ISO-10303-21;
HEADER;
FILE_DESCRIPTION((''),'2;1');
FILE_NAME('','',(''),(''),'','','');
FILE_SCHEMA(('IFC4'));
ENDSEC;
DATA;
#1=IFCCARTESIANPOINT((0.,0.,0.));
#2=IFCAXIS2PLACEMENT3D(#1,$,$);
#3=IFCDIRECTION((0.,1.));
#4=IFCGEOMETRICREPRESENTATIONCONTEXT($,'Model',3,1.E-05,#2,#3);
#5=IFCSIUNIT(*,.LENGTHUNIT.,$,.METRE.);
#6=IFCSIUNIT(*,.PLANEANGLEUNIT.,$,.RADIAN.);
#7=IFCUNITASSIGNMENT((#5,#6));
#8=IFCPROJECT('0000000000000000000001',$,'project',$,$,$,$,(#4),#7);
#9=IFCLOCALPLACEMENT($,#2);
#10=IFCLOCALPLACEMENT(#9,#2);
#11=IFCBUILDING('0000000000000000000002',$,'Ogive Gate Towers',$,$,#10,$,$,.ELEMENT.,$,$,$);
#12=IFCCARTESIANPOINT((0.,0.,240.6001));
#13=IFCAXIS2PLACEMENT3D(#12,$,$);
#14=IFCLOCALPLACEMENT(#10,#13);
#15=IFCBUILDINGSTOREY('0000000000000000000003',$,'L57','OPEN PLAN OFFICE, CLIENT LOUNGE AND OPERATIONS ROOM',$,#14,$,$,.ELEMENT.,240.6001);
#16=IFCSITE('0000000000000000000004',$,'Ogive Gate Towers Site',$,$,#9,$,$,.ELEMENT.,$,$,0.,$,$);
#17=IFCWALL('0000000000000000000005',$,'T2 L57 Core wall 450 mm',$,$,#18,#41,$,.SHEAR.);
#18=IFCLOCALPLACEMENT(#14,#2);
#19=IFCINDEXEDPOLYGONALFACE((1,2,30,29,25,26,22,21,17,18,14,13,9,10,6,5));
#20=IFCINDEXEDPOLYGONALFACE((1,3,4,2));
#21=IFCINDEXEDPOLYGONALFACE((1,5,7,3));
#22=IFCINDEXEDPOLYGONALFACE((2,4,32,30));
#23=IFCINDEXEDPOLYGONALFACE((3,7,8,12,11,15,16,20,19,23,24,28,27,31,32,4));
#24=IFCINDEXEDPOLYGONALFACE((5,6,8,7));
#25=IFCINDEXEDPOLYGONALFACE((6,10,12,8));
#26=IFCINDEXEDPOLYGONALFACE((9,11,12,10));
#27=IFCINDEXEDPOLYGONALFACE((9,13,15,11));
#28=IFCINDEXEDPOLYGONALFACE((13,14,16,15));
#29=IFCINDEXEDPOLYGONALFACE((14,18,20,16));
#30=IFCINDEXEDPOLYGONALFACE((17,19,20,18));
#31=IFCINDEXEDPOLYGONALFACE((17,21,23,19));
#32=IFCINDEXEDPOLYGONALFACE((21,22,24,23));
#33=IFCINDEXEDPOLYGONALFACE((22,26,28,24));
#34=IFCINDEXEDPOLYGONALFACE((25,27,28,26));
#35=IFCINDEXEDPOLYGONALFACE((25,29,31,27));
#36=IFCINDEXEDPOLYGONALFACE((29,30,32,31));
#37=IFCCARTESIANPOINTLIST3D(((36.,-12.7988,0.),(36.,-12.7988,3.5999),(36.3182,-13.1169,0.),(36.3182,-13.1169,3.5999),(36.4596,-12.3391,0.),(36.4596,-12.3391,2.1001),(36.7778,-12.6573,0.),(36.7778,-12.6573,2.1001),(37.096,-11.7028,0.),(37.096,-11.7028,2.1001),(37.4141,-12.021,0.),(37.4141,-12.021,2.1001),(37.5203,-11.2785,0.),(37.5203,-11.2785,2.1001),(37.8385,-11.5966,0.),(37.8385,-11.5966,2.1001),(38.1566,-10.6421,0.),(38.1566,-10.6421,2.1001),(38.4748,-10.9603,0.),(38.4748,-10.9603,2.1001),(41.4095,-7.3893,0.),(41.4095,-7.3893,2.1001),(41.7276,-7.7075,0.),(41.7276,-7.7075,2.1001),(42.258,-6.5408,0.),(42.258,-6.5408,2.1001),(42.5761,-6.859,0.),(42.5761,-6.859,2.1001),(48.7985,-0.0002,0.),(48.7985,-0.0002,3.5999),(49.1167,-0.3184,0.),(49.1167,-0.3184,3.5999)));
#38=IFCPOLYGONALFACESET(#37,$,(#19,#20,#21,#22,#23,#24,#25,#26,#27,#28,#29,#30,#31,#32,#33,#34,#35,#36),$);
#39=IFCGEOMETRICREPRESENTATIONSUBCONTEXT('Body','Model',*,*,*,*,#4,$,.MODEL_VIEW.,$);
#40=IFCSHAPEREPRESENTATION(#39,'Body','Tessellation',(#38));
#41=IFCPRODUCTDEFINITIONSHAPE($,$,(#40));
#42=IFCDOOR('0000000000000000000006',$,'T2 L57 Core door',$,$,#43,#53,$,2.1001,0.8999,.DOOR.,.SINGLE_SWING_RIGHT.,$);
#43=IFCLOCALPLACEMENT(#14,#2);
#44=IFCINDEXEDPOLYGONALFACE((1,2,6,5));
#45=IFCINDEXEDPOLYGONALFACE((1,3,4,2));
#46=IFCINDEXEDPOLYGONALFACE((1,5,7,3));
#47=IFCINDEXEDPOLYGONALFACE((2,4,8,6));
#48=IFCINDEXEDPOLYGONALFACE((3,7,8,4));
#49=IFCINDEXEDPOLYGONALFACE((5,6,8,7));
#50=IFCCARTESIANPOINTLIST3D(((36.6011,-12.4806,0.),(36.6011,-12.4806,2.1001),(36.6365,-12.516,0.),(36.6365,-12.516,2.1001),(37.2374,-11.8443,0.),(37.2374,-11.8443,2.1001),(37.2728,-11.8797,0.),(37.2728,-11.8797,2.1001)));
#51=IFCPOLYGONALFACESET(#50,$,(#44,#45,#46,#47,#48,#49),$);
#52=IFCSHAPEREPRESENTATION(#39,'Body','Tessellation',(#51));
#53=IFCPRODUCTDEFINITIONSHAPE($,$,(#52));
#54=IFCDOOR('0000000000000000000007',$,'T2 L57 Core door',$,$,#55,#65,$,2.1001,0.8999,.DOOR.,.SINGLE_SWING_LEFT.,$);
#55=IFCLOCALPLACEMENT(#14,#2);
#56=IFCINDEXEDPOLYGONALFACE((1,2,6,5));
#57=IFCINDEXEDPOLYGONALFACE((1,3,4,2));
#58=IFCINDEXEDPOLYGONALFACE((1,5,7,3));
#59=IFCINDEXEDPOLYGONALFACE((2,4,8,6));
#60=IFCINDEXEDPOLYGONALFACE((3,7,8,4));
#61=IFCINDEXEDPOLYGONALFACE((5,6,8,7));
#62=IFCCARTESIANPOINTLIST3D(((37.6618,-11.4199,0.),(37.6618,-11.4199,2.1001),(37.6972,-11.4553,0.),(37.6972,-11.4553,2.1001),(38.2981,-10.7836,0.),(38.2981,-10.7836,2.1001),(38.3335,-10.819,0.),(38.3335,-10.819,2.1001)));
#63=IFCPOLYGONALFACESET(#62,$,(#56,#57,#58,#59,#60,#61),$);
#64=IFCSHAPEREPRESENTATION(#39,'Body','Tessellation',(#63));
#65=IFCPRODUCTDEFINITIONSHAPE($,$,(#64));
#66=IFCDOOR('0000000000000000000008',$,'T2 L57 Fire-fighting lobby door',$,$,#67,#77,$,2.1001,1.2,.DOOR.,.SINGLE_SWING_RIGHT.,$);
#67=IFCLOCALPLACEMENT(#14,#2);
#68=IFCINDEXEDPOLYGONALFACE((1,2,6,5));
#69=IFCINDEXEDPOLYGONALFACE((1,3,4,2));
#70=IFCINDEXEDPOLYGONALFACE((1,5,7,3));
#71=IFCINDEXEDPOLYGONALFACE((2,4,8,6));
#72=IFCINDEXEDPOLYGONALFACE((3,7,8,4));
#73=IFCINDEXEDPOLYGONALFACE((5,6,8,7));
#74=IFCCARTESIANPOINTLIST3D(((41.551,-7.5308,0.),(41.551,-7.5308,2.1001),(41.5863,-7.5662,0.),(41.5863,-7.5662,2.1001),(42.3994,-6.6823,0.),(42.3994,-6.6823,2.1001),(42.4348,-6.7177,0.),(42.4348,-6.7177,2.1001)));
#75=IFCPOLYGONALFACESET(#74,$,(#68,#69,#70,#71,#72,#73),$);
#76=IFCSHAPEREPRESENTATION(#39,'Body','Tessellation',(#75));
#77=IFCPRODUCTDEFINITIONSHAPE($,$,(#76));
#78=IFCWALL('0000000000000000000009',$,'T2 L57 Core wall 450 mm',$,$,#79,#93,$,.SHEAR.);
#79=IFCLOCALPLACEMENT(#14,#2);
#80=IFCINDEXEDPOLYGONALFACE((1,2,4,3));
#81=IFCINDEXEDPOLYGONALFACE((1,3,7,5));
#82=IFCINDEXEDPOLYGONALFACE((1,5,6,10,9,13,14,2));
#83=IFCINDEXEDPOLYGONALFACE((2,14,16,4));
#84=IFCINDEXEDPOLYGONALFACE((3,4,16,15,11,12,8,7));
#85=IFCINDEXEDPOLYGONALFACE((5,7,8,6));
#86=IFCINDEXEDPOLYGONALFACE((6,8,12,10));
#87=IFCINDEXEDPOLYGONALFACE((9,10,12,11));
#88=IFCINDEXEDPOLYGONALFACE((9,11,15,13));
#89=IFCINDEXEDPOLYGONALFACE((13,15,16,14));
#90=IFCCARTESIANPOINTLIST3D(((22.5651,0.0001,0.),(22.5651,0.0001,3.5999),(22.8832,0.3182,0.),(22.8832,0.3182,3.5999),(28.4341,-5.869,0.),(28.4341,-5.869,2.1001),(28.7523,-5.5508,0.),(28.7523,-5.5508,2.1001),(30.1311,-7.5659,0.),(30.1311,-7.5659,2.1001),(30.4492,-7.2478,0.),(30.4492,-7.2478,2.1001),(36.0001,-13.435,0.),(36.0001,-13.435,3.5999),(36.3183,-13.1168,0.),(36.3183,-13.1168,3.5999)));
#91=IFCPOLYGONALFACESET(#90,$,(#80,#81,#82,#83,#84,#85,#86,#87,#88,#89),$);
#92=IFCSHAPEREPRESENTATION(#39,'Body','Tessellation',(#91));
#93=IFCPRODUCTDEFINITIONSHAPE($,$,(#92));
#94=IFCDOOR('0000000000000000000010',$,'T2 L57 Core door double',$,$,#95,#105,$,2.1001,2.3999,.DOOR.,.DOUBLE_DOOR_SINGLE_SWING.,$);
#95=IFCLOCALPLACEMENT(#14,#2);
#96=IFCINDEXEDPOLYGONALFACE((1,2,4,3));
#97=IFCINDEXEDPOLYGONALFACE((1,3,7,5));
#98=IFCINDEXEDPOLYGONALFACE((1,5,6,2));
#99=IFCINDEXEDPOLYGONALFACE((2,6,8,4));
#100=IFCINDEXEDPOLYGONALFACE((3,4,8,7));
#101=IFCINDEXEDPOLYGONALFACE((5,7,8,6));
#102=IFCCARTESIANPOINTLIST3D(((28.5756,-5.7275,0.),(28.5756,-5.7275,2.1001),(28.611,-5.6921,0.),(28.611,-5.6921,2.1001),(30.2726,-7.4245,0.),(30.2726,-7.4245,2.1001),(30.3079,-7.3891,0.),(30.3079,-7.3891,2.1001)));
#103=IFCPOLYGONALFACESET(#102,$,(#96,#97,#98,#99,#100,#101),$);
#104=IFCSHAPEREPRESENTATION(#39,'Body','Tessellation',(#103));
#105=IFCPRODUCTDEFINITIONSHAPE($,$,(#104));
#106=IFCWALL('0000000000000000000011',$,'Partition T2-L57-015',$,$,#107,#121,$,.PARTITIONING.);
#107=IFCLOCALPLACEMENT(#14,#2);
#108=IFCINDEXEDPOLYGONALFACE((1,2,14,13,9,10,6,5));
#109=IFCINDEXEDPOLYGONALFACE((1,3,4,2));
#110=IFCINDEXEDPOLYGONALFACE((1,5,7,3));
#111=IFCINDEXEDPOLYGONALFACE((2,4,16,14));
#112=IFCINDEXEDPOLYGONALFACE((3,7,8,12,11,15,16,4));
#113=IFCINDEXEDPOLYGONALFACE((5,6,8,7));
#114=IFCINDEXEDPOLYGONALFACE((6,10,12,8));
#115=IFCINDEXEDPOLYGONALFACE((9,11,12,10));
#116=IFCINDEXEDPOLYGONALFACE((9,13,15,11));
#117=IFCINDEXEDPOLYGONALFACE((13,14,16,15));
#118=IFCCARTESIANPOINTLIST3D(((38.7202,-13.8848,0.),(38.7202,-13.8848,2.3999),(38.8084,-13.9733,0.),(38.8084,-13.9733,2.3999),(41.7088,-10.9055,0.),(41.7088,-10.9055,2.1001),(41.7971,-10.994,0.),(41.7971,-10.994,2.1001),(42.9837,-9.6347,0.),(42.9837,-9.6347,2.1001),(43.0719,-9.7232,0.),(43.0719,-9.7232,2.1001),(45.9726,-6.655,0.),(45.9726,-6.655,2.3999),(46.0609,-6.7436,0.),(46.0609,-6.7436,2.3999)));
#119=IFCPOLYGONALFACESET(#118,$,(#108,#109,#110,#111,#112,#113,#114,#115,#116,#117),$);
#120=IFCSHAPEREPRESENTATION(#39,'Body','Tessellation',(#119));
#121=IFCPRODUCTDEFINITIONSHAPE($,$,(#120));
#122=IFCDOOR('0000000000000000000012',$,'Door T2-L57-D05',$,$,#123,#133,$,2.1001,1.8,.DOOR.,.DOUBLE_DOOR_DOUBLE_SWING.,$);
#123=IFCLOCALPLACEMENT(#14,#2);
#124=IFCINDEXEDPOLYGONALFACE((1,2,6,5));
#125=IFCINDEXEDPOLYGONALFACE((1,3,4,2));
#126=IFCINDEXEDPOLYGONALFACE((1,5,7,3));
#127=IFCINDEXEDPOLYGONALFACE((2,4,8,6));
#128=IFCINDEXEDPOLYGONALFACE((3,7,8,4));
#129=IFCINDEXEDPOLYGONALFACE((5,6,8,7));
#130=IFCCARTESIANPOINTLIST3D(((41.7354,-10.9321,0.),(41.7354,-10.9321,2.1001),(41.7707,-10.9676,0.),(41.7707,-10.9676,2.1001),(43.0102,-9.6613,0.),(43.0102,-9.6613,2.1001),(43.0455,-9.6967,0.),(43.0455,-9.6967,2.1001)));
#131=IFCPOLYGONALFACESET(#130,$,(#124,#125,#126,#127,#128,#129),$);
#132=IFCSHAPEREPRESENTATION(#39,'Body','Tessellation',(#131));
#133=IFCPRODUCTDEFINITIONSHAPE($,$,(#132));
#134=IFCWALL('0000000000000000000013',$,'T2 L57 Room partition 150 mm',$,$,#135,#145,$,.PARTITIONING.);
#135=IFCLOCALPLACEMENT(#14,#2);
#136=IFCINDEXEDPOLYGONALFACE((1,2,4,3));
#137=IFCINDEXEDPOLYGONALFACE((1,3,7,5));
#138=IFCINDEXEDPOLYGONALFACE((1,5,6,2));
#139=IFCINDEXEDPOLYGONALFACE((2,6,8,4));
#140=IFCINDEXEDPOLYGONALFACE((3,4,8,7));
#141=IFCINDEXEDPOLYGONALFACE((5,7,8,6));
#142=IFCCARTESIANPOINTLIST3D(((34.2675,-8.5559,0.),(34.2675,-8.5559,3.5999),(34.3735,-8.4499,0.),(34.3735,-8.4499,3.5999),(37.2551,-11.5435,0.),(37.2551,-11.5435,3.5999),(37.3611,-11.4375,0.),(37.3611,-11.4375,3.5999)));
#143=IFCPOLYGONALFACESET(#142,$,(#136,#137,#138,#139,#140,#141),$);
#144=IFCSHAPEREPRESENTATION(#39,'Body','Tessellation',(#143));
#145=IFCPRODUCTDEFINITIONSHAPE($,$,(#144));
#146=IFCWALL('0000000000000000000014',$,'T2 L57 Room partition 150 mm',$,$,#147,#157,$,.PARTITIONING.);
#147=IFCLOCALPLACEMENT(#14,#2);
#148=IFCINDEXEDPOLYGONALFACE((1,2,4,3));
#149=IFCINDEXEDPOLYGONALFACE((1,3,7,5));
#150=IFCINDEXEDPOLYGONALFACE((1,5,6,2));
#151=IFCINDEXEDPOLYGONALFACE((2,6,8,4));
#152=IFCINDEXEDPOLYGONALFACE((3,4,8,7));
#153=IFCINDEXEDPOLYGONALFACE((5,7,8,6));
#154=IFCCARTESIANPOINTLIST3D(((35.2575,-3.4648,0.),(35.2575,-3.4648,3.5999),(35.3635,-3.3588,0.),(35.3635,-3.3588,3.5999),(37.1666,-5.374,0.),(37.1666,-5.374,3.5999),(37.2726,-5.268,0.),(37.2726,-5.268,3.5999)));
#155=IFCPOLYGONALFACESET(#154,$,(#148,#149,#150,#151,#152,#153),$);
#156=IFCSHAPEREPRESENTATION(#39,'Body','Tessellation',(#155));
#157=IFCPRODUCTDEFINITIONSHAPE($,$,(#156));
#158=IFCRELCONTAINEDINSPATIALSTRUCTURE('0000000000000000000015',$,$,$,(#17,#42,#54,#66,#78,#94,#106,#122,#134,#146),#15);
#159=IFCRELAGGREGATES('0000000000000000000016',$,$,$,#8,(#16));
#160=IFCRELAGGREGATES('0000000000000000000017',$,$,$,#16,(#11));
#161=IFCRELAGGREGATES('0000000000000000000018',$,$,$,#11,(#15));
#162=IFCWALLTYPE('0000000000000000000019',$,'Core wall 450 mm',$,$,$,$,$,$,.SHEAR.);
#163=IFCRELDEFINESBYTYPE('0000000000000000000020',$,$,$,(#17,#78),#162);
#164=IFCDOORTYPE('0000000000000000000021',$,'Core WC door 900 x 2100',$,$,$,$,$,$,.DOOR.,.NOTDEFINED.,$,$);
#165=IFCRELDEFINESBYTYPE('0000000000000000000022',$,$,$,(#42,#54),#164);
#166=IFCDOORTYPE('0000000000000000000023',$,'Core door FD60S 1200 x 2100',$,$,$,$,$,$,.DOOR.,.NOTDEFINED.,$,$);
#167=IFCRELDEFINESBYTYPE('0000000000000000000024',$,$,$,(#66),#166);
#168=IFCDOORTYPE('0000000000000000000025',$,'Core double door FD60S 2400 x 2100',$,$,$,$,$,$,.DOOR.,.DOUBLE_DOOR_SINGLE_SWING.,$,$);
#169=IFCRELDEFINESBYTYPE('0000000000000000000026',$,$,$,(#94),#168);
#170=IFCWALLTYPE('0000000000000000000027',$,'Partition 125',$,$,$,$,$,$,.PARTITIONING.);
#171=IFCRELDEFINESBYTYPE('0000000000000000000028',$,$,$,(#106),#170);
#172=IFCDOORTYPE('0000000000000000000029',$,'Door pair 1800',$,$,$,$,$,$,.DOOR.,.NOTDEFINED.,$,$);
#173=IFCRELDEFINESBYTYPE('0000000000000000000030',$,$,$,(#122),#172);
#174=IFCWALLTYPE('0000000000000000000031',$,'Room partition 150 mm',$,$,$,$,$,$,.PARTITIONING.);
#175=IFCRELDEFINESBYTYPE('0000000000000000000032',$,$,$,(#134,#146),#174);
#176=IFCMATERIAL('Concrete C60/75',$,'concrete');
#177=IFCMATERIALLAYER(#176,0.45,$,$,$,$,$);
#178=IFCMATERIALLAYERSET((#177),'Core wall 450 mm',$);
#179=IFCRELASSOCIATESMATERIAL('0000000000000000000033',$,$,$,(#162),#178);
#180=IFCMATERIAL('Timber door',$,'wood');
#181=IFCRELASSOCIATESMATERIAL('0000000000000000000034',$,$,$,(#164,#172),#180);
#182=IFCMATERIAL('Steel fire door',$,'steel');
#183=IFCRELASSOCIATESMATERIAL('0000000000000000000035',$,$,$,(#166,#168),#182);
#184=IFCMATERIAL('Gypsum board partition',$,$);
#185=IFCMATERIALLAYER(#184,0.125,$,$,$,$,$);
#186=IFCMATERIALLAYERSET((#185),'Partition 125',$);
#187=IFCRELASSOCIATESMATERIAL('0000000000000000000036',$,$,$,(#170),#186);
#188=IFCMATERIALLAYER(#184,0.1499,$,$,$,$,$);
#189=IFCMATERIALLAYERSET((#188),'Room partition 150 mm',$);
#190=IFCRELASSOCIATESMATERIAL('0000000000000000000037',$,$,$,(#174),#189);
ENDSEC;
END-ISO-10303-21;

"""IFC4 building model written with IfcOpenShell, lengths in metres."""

from ifc_helpers import new_model, si_unit, direction, frame, frame_2d, origin, place, context, subcontext, project, spatial, rectangle, extrude, material, layer, layer_set, type_object, element, fill, save


model = new_model("IFC4")

# Units and contexts
model_context = context("Model", 3, precision=1e-05, world=origin(), true_north=direction((0.0, 1.0)))
body_context = subcontext(model_context, "Body", "Model", "MODEL_VIEW")
ifc_project = project(units=[si_unit("LENGTHUNIT", "METRE"), si_unit("PLANEANGLEUNIT", "RADIAN")], contexts=[model_context])

# Site, building, storey
site_placement = place(None, origin())
site = spatial("IfcSite", under=ifc_project, at=site_placement, Name="Ogive Gate Towers Site", CompositionType="ELEMENT", RefElevation=0.0)
building_placement = place(site_placement, origin())
building = spatial("IfcBuilding", under=site, at=building_placement, Name="Ogive Gate Towers", CompositionType="ELEMENT")
storey_placement = place(building_placement, frame((0.0, 0.0, 240.6001)))
storey = spatial("IfcBuildingStorey", under=building, at=storey_placement, Name="L57", Description="OPEN PLAN OFFICE, CLIENT LOUNGE AND OPERATIONS ROOM", CompositionType="ELEMENT", Elevation=240.6001)

# Wall, openings, doors
ifc_material_1 = material(Name="Concrete C60/75", Category="concrete")
ifc_layer_1 = layer(ifc_material_1, 0.45)
ifc_layer_set_1 = layer_set([ifc_layer_1], Name="Core wall 450 mm")
wall_type_1 = type_object("IfcWallType", Name="Core wall 450 mm", PredefinedType="SHEAR", material=ifc_layer_set_1)
wall_1_placement = place(storey_placement, frame((36.1592, -12.9578, 0.0), z_axis=(0.0, 0.0, 1.0), x_axis=(0.707107, 0.707107, 0.0)))
wall_1 = element("IfcWall", 1, at=wall_1_placement, inside=storey, type_object=wall_type_1, Name="T2 L57 Core wall 450 mm", PredefinedType="SHEAR", context=body_context, shape_type="SweptSolid", body=[
    extrude(rectangle(XDim=18.0999, YDim=0.45, at=frame_2d((9.0498, 0.0))), origin(), (0.0, 0.0, 1.0), 3.5999),
])
opening_1_placement = place(wall_1_placement, frame((7.6499, 0.0, 0.0)))
opening_1 = element("IfcOpeningElement", 2, at=opening_1_placement, cuts=wall_1, PredefinedType="OPENING", context=body_context, shape_type="SweptSolid", body=[
    extrude(rectangle(XDim=1.2, YDim=2.1001, at=frame_2d((0.6001, 1.05))), frame((0.0, 0.2349, 0.0), z_axis=(0.0, -1.0, 0.0), x_axis=(1.0, 0.0, 0.0)), (0.0, 0.0, 1.0), 0.47),
])
opening_2_placement = place(wall_1_placement, frame((0.6499, 0.0, 0.0)))
opening_2 = element("IfcOpeningElement", 3, at=opening_2_placement, cuts=wall_1, PredefinedType="OPENING", context=body_context, shape_type="SweptSolid", body=[
    extrude(rectangle(XDim=0.8999, YDim=2.1001, at=frame_2d((0.45, 1.05))), frame((0.0, 0.2349, 0.0), z_axis=(0.0, -1.0, 0.0), x_axis=(1.0, 0.0, 0.0)), (0.0, 0.0, 1.0), 0.47),
])
opening_3_placement = place(wall_1_placement, frame((2.1499, 0.0, 0.0)))
opening_3 = element("IfcOpeningElement", 4, at=opening_3_placement, cuts=wall_1, PredefinedType="OPENING", context=body_context, shape_type="SweptSolid", body=[
    extrude(rectangle(XDim=0.8999, YDim=2.1001, at=frame_2d((0.45, 1.05))), frame((0.0, 0.2349, 0.0), z_axis=(0.0, -1.0, 0.0), x_axis=(1.0, 0.0, 0.0)), (0.0, 0.0, 1.0), 0.47),
])
ifc_material_2 = material(Name="Timber door", Category="wood")
door_type_1 = type_object("IfcDoorType", Name="Core WC door 900 x 2100", OperationType="NOTDEFINED", PredefinedType="DOOR", material=ifc_material_2)
door_1_placement = place(opening_2_placement, origin())
door_1 = element("IfcDoor", 5, at=door_1_placement, inside=storey, type_object=door_type_1, Name="T2 L57 Core door", OperationType="SINGLE_SWING_RIGHT", OverallHeight=2.1001, OverallWidth=0.8999, PredefinedType="DOOR", context=body_context, shape_type="SweptSolid", body=[
    extrude(rectangle(XDim=0.8999, YDim=2.1001, at=frame_2d((0.45, 1.05))), frame((0.0, 0.0249, 0.0), z_axis=(0.0, -1.0, 0.0), x_axis=(1.0, 0.0, 0.0)), (0.0, 0.0, 1.0), 0.05),
])
fill(opening_2, door_1)
door_2_placement = place(opening_3_placement, origin())
door_2 = element("IfcDoor", 6, at=door_2_placement, inside=storey, type_object=door_type_1, Name="T2 L57 Core door", OperationType="SINGLE_SWING_LEFT", OverallHeight=2.1001, OverallWidth=0.8999, PredefinedType="DOOR", context=body_context, shape_type="SweptSolid", body=[
    extrude(rectangle(XDim=0.8999, YDim=2.1001, at=frame_2d((0.45, 1.05))), frame((0.0, 0.0249, 0.0), z_axis=(0.0, -1.0, 0.0), x_axis=(1.0, 0.0, 0.0)), (0.0, 0.0, 1.0), 0.05),
])
fill(opening_3, door_2)
ifc_material_3 = material(Name="Steel fire door", Category="steel")
door_type_2 = type_object("IfcDoorType", Name="Core door FD60S 1200 x 2100", OperationType="NOTDEFINED", PredefinedType="DOOR", material=ifc_material_3)
door_3_placement = place(opening_1_placement, origin())
door_3 = element("IfcDoor", 7, at=door_3_placement, inside=storey, type_object=door_type_2, Name="T2 L57 Fire-fighting lobby door", OperationType="SINGLE_SWING_RIGHT", OverallHeight=2.1001, OverallWidth=1.2, PredefinedType="DOOR", context=body_context, shape_type="SweptSolid", body=[
    extrude(rectangle(XDim=1.2, YDim=2.1001, at=frame_2d((0.6001, 1.05))), frame((0.0, 0.0249, 0.0), z_axis=(0.0, -1.0, 0.0), x_axis=(1.0, 0.0, 0.0)), (0.0, 0.0, 1.0), 0.05),
])
fill(opening_1, door_3)

# Walls, openings, doors
wall_2_placement = place(storey_placement, frame((36.1592, -13.2759, 0.0), z_axis=(0.0, 0.0, 1.0), x_axis=(-0.707107, 0.707107, 0.0)))
wall_2 = element("IfcWall", 8, at=wall_2_placement, inside=storey, type_object=wall_type_1, Name="T2 L57 Core wall 450 mm", PredefinedType="SHEAR", context=body_context, shape_type="SweptSolid", body=[
    extrude(rectangle(XDim=19.0, YDim=0.45, at=frame_2d((9.5, 0.0))), origin(), (0.0, 0.0, 1.0), 3.5999),
])
opening_4_placement = place(wall_2_placement, frame((8.3, 0.0, 0.0)))
opening_4 = element("IfcOpeningElement", 9, at=opening_4_placement, cuts=wall_2, PredefinedType="OPENING", context=body_context, shape_type="SweptSolid", body=[
    extrude(rectangle(XDim=2.3999, YDim=2.1001, at=frame_2d((1.2, 1.05))), frame((0.0, 0.2349, 0.0), z_axis=(0.0, -1.0, 0.0), x_axis=(1.0, 0.0, 0.0)), (0.0, 0.0, 1.0), 0.47),
])
door_type_3 = type_object("IfcDoorType", Name="Core double door FD60S 2400 x 2100", OperationType="DOUBLE_DOOR_SINGLE_SWING", PredefinedType="DOOR", material=ifc_material_3)
door_4_placement = place(opening_4_placement, origin())
door_4 = element("IfcDoor", 10, at=door_4_placement, inside=storey, type_object=door_type_3, Name="T2 L57 Core door double", OperationType="DOUBLE_DOOR_SINGLE_SWING", OverallHeight=2.1001, OverallWidth=2.3999, PredefinedType="DOOR", context=body_context, shape_type="SweptSolid", body=[
    extrude(rectangle(XDim=2.3999, YDim=2.1001, at=frame_2d((1.2, 1.05))), frame((0.0, 0.0249, 0.0), z_axis=(0.0, -1.0, 0.0), x_axis=(1.0, 0.0, 0.0)), (0.0, 0.0, 1.0), 0.05),
])
fill(opening_4, door_4)
ifc_material_4 = material(Name="Gypsum board partition")
ifc_layer_2 = layer(ifc_material_4, 0.125)
ifc_layer_set_2 = layer_set([ifc_layer_2], Name="Partition 125")
wall_type_2 = type_object("IfcWallType", Name="Partition 125", PredefinedType="PARTITIONING", material=ifc_layer_set_2)
wall_3_placement = place(storey_placement, frame((38.7644, -13.929, 0.0), z_axis=(0.0, 0.0, 1.0), x_axis=(0.708215, 0.705997, 0.0)))
wall_3 = element("IfcWall", 11, at=wall_3_placement, inside=storey, type_object=wall_type_2, Name="Partition T2-L57-015", PredefinedType="PARTITIONING", context=body_context, shape_type="SweptSolid", body=[
    extrude(rectangle(XDim=10.2405, YDim=0.125, at=frame_2d((5.1201, 0.0))), origin(), (0.0, 0.0, 1.0), 2.3999),
])
opening_5_placement = place(wall_3_placement, frame((4.22, 0.0, 0.0)))
opening_5 = element("IfcOpeningElement", 12, at=opening_5_placement, cuts=wall_3, PredefinedType="OPENING", context=body_context, shape_type="SweptSolid", body=[
    extrude(rectangle(XDim=1.8, YDim=2.1001, at=frame_2d((0.8999, 1.05))), frame((0.0, 0.0725, 0.0), z_axis=(0.0, -1.0, 0.0), x_axis=(1.0, 0.0, 0.0)), (0.0, 0.0, 1.0), 0.145),
])
door_type_4 = type_object("IfcDoorType", Name="Door pair 1800", OperationType="NOTDEFINED", PredefinedType="DOOR", material=ifc_material_2)
door_5_placement = place(opening_5_placement, origin())
door_5 = element("IfcDoor", 13, at=door_5_placement, inside=storey, type_object=door_type_4, Name="Door T2-L57-D05", OperationType="DOUBLE_DOOR_DOUBLE_SWING", OverallHeight=2.1001, OverallWidth=1.8, PredefinedType="DOOR", context=body_context, shape_type="SweptSolid", body=[
    extrude(rectangle(XDim=1.8, YDim=2.1001, at=frame_2d((0.8999, 1.05))), frame((0.0, 0.0249, 0.0), z_axis=(0.0, -1.0, 0.0), x_axis=(1.0, 0.0, 0.0)), (0.0, 0.0, 1.0), 0.05),
])
fill(opening_5, door_5)

# Walls
ifc_layer_3 = layer(ifc_material_4, 0.1499)
ifc_layer_set_3 = layer_set([ifc_layer_3], Name="Room partition 150 mm")
wall_type_3 = type_object("IfcWallType", Name="Room partition 150 mm", PredefinedType="PARTITIONING", material=ifc_layer_set_3)
wall_4_placement = place(storey_placement, frame((37.3081, -11.4905, 0.0), z_axis=(0.0, 0.0, 1.0), x_axis=(-0.707107, 0.707107, 0.0)))
element("IfcWall", 14, at=wall_4_placement, inside=storey, type_object=wall_type_3, Name="T2 L57 Room partition 150 mm", PredefinedType="PARTITIONING", context=body_context, shape_type="SweptSolid", body=[
    extrude(rectangle(XDim=4.2251, YDim=0.1499, at=frame_2d((2.1125, 0.0))), origin(), (0.0, 0.0, 1.0), 3.5999),
])
wall_5_placement = place(storey_placement, frame((37.2197, -5.321, 0.0), z_axis=(0.0, 0.0, 1.0), x_axis=(-0.707107, 0.707107, 0.0)))
element("IfcWall", 15, at=wall_5_placement, inside=storey, type_object=wall_type_3, Name="T2 L57 Room partition 150 mm", PredefinedType="PARTITIONING", context=body_context, shape_type="SweptSolid", body=[
    extrude(rectangle(XDim=2.7, YDim=0.1499, at=frame_2d((1.3501, 0.0))), origin(), (0.0, 0.0, 1.0), 3.5999),
])

save(model, "model.ifc")
